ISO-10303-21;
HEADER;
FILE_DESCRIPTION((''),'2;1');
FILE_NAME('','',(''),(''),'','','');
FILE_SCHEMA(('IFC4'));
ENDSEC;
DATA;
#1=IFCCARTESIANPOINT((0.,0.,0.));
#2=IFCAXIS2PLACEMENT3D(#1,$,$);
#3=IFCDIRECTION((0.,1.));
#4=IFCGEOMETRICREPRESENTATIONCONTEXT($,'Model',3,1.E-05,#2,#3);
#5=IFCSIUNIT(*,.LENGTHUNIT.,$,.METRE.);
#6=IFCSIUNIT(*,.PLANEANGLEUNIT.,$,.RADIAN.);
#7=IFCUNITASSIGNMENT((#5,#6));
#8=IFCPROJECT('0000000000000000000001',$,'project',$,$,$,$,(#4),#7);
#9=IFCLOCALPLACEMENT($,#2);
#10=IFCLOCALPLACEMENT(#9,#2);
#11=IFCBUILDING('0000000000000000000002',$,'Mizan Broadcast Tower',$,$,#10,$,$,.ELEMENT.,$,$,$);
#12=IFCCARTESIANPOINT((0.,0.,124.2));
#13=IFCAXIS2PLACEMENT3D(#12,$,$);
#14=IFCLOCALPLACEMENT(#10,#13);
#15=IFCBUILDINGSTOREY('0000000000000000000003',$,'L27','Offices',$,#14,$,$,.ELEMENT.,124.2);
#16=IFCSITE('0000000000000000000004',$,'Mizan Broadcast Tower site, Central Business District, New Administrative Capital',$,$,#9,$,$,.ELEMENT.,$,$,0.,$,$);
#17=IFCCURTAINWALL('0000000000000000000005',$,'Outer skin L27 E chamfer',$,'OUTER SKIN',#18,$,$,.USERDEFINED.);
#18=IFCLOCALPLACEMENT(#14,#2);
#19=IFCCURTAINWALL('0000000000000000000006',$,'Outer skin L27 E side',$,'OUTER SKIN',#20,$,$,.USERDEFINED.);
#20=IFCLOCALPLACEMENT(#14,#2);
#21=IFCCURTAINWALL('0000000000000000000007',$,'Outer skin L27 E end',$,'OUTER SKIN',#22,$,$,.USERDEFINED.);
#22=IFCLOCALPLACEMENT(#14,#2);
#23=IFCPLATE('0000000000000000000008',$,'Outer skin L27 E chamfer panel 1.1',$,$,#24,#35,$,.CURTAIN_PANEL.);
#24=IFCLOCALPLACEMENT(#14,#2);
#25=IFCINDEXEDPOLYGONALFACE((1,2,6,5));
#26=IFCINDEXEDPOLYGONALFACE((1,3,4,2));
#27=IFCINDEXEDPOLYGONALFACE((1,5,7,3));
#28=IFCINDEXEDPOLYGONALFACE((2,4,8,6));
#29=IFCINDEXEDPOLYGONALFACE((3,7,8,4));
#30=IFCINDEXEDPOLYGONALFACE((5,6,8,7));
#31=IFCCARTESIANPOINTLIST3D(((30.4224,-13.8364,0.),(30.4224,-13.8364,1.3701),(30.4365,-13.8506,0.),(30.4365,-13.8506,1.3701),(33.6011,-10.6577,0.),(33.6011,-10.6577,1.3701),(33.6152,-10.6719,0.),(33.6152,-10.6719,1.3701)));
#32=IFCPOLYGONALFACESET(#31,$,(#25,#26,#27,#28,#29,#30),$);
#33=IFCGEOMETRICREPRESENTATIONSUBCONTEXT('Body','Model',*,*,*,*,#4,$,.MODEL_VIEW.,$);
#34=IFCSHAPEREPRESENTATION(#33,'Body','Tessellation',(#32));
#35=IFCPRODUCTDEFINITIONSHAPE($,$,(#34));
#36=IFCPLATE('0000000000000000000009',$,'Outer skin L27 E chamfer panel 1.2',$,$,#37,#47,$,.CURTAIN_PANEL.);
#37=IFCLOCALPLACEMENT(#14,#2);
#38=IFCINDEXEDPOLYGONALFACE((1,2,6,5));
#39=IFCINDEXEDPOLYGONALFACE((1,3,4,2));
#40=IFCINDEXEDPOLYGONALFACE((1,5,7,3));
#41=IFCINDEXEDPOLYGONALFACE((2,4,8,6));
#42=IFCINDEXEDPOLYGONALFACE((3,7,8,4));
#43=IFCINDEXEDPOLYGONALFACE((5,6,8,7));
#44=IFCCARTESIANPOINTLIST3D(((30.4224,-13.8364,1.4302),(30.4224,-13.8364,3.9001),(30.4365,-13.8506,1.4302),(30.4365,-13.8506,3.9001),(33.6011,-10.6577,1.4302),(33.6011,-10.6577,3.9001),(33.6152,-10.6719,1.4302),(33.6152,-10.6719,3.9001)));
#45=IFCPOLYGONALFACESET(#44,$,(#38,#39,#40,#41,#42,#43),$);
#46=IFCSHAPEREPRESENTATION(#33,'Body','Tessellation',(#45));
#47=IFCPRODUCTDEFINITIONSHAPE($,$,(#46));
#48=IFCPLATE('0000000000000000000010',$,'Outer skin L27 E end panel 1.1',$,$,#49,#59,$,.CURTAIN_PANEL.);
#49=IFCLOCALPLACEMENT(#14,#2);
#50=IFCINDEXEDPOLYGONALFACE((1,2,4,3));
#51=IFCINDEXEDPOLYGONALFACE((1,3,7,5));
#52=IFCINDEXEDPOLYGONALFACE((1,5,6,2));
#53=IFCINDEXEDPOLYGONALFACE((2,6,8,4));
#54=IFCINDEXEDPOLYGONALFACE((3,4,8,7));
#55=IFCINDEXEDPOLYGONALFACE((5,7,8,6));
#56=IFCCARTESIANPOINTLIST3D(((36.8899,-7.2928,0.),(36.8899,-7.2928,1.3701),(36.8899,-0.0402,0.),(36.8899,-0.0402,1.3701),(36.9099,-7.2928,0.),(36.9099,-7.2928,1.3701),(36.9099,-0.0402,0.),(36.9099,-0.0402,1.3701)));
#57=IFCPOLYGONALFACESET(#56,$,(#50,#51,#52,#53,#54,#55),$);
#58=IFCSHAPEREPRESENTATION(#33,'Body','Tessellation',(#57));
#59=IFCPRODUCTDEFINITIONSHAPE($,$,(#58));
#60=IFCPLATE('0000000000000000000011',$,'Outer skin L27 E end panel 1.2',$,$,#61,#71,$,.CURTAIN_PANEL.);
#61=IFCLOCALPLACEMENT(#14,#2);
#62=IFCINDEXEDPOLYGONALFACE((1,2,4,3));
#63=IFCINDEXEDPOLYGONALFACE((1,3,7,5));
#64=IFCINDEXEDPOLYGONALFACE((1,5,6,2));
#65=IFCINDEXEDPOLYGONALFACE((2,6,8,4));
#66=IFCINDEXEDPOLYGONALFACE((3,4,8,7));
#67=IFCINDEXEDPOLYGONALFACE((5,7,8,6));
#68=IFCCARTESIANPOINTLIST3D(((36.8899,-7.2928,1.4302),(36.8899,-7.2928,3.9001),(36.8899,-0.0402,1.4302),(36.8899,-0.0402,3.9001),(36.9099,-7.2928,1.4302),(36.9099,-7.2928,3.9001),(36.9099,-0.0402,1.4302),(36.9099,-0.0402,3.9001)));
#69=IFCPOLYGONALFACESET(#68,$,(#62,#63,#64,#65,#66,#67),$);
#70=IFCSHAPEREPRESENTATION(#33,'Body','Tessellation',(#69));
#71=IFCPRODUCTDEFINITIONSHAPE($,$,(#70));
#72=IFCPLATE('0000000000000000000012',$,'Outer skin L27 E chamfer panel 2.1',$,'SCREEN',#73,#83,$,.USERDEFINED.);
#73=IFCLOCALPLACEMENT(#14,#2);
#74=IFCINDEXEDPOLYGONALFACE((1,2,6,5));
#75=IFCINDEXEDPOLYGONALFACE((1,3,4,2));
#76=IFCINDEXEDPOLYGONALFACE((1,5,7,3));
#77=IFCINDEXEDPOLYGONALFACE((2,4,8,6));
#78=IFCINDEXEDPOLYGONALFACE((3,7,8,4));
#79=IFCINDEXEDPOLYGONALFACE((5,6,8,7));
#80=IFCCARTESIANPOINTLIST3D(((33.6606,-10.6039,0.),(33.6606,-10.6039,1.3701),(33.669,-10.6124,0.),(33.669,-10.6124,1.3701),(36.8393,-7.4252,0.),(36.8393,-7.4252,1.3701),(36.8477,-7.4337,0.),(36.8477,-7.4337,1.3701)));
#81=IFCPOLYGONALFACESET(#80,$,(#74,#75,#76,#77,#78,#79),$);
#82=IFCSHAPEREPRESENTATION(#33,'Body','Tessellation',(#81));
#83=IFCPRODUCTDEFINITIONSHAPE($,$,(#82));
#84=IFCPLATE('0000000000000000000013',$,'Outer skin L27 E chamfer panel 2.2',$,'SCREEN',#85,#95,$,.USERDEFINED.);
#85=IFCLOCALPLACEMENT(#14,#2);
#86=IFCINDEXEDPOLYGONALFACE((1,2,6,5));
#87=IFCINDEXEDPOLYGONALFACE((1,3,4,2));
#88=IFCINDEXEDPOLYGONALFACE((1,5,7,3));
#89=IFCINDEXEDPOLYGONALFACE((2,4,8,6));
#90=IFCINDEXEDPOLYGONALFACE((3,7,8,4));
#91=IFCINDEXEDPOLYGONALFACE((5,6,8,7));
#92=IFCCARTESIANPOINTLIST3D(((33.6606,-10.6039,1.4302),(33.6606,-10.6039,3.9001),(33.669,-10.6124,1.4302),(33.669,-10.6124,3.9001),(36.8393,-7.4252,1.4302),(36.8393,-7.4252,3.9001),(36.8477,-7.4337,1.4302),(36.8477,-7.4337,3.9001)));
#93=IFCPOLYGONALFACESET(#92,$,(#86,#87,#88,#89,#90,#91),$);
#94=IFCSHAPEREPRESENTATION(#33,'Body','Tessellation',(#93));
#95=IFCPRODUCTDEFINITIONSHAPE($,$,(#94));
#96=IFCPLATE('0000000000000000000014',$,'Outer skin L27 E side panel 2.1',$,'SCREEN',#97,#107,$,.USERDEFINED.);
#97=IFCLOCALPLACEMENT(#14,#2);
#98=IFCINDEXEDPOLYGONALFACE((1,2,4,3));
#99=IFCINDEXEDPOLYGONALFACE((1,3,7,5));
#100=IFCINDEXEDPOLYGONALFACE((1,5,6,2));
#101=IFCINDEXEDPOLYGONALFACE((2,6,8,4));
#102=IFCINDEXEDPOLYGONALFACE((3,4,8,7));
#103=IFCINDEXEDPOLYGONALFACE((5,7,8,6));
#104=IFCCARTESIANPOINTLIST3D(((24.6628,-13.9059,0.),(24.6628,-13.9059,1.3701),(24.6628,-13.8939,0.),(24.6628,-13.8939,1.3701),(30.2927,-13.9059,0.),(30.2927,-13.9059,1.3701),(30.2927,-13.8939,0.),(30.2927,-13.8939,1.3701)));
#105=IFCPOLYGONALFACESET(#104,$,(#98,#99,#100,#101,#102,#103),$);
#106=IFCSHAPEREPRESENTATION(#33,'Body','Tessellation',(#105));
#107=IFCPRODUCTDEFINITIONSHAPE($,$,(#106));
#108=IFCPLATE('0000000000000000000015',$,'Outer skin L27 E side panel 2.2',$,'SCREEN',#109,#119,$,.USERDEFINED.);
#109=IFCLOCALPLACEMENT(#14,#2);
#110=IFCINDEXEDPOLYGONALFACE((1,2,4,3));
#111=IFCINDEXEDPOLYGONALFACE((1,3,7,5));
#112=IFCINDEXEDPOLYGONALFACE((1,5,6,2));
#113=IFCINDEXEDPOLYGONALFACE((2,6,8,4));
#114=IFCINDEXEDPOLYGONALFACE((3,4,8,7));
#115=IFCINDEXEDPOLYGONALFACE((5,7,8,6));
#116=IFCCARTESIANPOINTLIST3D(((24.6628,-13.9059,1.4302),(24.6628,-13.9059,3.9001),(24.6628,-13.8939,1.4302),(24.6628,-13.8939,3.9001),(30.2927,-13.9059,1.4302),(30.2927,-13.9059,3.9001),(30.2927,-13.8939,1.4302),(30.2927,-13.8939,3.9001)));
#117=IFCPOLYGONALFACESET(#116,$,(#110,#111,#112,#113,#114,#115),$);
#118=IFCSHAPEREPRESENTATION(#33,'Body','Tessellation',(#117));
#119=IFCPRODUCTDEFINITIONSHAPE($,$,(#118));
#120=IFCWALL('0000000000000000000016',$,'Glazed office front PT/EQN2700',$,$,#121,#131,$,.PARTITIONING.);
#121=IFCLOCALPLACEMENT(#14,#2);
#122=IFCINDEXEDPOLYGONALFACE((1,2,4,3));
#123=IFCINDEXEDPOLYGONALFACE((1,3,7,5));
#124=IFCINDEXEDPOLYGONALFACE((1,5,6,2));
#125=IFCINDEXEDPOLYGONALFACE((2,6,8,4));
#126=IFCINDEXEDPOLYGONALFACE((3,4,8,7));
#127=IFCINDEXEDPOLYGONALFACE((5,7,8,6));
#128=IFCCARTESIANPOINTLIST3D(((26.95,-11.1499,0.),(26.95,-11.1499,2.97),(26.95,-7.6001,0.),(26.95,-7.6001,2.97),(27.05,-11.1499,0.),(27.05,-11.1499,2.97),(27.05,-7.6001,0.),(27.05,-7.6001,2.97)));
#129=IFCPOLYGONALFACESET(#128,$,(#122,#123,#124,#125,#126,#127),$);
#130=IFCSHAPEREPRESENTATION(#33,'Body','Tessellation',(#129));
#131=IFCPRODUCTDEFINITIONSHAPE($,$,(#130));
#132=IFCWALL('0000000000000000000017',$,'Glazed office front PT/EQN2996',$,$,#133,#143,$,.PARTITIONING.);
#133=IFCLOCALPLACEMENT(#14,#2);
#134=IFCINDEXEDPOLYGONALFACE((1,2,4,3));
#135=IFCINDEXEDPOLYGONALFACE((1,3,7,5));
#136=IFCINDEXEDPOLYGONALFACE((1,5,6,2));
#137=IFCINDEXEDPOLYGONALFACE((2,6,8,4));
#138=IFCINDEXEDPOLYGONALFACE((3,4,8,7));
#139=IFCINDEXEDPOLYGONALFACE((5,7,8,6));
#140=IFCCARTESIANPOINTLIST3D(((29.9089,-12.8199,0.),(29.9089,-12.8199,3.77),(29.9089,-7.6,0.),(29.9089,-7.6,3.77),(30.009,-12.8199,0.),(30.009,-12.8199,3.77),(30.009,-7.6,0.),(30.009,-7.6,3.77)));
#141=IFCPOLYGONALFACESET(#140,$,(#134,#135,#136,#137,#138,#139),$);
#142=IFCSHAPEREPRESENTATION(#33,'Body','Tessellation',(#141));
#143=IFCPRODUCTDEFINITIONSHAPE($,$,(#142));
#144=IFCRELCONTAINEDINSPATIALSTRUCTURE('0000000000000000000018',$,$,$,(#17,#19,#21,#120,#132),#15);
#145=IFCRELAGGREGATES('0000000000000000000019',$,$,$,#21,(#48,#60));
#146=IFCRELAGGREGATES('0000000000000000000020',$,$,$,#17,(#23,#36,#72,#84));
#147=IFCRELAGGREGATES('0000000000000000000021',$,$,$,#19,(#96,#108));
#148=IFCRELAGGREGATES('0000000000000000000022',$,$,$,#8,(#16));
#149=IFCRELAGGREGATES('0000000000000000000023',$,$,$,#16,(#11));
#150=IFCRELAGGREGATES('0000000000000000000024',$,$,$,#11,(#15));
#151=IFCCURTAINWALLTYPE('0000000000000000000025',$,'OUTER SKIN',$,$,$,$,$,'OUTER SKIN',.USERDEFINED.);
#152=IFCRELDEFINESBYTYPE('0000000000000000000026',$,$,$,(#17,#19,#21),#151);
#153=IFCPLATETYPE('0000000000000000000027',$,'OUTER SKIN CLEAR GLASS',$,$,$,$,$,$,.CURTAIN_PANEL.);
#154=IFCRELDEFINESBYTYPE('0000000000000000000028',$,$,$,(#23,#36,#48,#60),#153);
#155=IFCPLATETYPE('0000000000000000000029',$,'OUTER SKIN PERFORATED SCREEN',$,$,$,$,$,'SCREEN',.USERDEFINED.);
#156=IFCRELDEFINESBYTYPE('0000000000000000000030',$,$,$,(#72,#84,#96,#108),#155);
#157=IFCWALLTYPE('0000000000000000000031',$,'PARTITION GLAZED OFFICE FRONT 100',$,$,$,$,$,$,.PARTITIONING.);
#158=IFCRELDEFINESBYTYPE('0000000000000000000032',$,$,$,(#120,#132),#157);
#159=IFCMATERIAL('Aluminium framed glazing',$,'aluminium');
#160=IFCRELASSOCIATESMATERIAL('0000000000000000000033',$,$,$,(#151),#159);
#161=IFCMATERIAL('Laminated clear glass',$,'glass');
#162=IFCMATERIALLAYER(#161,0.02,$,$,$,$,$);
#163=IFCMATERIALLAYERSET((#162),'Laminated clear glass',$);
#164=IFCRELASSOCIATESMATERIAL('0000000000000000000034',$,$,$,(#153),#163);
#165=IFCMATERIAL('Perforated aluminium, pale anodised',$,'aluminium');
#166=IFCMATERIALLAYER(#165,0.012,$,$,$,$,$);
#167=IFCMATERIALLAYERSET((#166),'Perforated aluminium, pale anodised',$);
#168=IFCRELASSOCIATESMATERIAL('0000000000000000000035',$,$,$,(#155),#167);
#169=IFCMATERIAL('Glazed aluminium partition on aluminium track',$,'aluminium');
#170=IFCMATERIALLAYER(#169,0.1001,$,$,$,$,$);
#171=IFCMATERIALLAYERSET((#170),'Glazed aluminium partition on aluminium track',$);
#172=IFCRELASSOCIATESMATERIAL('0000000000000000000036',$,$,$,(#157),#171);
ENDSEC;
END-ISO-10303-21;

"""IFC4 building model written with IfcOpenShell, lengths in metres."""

from ifc_helpers import new_model, si_unit, direction, frame, frame_2d, origin, origin_2d, place, context, subcontext, project, spatial, rectangle, extrude, material, layer, layer_set, type_object, element, aggregate, save


model = new_model("IFC4")

# Units and contexts
model_context = context("Model", 3, precision=1e-05, world=origin(), true_north=direction((0.0, 1.0)))
body_context = subcontext(model_context, "Body", "Model", "MODEL_VIEW")
ifc_project = project(units=[si_unit("LENGTHUNIT", "METRE"), si_unit("PLANEANGLEUNIT", "RADIAN")], contexts=[model_context])

# Site, building, storey
site_placement = place(None, origin())
site = spatial("IfcSite", under=ifc_project, at=site_placement, Name="Mizan Broadcast Tower site, Central Business District, New Administrative Capital", CompositionType="ELEMENT", RefElevation=0.0)
building_placement = place(site_placement, origin())
building = spatial("IfcBuilding", under=site, at=building_placement, Name="Mizan Broadcast Tower", CompositionType="ELEMENT")
storey_placement = place(building_placement, frame((0.0, 0.0, 124.2)))
storey = spatial("IfcBuildingStorey", under=building, at=storey_placement, Name="L27", Description="Offices", CompositionType="ELEMENT", Elevation=124.2)

# Curtain walls
ifc_material_1 = material(Name="Aluminium framed glazing", Category="aluminium")
curtain_wall_type_1 = type_object("IfcCurtainWallType", Name="OUTER SKIN", ElementType="OUTER SKIN", PredefinedType="USERDEFINED", material=ifc_material_1)
curtain_wall_1_placement = place(storey_placement, origin())
curtain_wall_1 = element("IfcCurtainWall", 1, at=curtain_wall_1_placement, inside=storey, type_object=curtain_wall_type_1, Name="Outer skin L27 E chamfer", ObjectType="OUTER SKIN", PredefinedType="USERDEFINED")
curtain_wall_2_placement = place(storey_placement, origin())
curtain_wall_2 = element("IfcCurtainWall", 2, at=curtain_wall_2_placement, inside=storey, type_object=curtain_wall_type_1, Name="Outer skin L27 E side", ObjectType="OUTER SKIN", PredefinedType="USERDEFINED")

# Curtain wall
curtain_wall_3_placement = place(storey_placement, origin())
curtain_wall_3 = element("IfcCurtainWall", 3, at=curtain_wall_3_placement, inside=storey, type_object=curtain_wall_type_1, Name="Outer skin L27 E end", ObjectType="OUTER SKIN", PredefinedType="USERDEFINED")

# Plates
ifc_material_2 = material(Name="Laminated clear glass", Category="glass")
ifc_layer_1 = layer(ifc_material_2, 0.02)
ifc_layer_set_1 = layer_set([ifc_layer_1], Name="Laminated clear glass")
plate_type_1 = type_object("IfcPlateType", Name="OUTER SKIN CLEAR GLASS", PredefinedType="CURTAIN_PANEL", material=ifc_layer_set_1)
plate_1_placement = place(storey_placement, frame((32.0188, -12.2542, 0.0), z_axis=(0.0, 0.0, 1.0), x_axis=(0.707107, 0.707107, 0.0)))
plate_1 = element("IfcPlate", 4, at=plate_1_placement, type_object=plate_type_1, Name="Outer skin L27 E chamfer panel 1.1", PredefinedType="CURTAIN_PANEL", context=body_context, shape_type="SweptSolid", body=[
    extrude(rectangle(XDim=4.4954, YDim=0.02, at=origin_2d()), origin(), (0.0, 0.0, 1.0), 1.3701),
])
plate_2_placement = place(storey_placement, frame((32.0188, -12.2542, 1.4302), z_axis=(0.0, 0.0, 1.0), x_axis=(0.707107, 0.707107, 0.0)))
plate_2 = element("IfcPlate", 5, at=plate_2_placement, type_object=plate_type_1, Name="Outer skin L27 E chamfer panel 1.2", PredefinedType="CURTAIN_PANEL", context=body_context, shape_type="SweptSolid", body=[
    extrude(rectangle(XDim=4.4954, YDim=0.02, at=origin_2d()), origin(), (0.0, 0.0, 1.0), 2.47),
])
plate_3_placement = place(storey_placement, frame((36.8999, -3.6665, 0.0), z_axis=(0.0, 0.0, 1.0), x_axis=(0.0, 1.0, 0.0)))
plate_3 = element("IfcPlate", 6, at=plate_3_placement, type_object=plate_type_1, Name="Outer skin L27 E end panel 1.1", PredefinedType="CURTAIN_PANEL", context=body_context, shape_type="SweptSolid", body=[
    extrude(rectangle(XDim=7.2527, YDim=0.02, at=origin_2d()), origin(), (0.0, 0.0, 1.0), 1.3701),
])
plate_4_placement = place(storey_placement, frame((36.8999, -3.6665, 1.4302), z_axis=(0.0, 0.0, 1.0), x_axis=(0.0, 1.0, 0.0)))
plate_4 = element("IfcPlate", 7, at=plate_4_placement, type_object=plate_type_1, Name="Outer skin L27 E end panel 1.2", PredefinedType="CURTAIN_PANEL", context=body_context, shape_type="SweptSolid", body=[
    extrude(rectangle(XDim=7.2527, YDim=0.02, at=origin_2d()), origin(), (0.0, 0.0, 1.0), 2.47),
])
aggregate(curtain_wall_3, [plate_3, plate_4])
ifc_material_3 = material(Name="Perforated aluminium, pale anodised", Category="aluminium")
ifc_layer_2 = layer(ifc_material_3, 0.012)
ifc_layer_set_2 = layer_set([ifc_layer_2], Name="Perforated aluminium, pale anodised")
plate_type_2 = type_object("IfcPlateType", Name="OUTER SKIN PERFORATED SCREEN", ElementType="SCREEN", PredefinedType="USERDEFINED", material=ifc_layer_set_2)
plate_5_placement = place(storey_placement, frame((35.2542, -9.0188, 0.0), z_axis=(0.0, 0.0, 1.0), x_axis=(0.707107, 0.707107, 0.0)))
plate_5 = element("IfcPlate", 8, at=plate_5_placement, type_object=plate_type_2, Name="Outer skin L27 E chamfer panel 2.1", ObjectType="SCREEN", PredefinedType="USERDEFINED", context=body_context, shape_type="SweptSolid", body=[
    extrude(rectangle(XDim=4.4954, YDim=0.012, at=origin_2d()), origin(), (0.0, 0.0, 1.0), 1.3701),
])
plate_6_placement = place(storey_placement, frame((35.2542, -9.0188, 1.4302), z_axis=(0.0, 0.0, 1.0), x_axis=(0.707107, 0.707107, 0.0)))
plate_6 = element("IfcPlate", 9, at=plate_6_placement, type_object=plate_type_2, Name="Outer skin L27 E chamfer panel 2.2", ObjectType="SCREEN", PredefinedType="USERDEFINED", context=body_context, shape_type="SweptSolid", body=[
    extrude(rectangle(XDim=4.4954, YDim=0.012, at=origin_2d()), origin(), (0.0, 0.0, 1.0), 2.47),
])
aggregate(curtain_wall_1, [plate_1, plate_2, plate_5, plate_6])
plate_7_placement = place(storey_placement, frame((27.4778, -13.8999, 0.0), z_axis=(0.0, 0.0, 1.0), x_axis=(1.0, 0.0, 0.0)))
plate_7 = element("IfcPlate", 10, at=plate_7_placement, type_object=plate_type_2, Name="Outer skin L27 E side panel 2.1", ObjectType="SCREEN", PredefinedType="USERDEFINED", context=body_context, shape_type="SweptSolid", body=[
    extrude(rectangle(XDim=5.6299, YDim=0.012, at=origin_2d()), origin(), (0.0, 0.0, 1.0), 1.3701),
])
plate_8_placement = place(storey_placement, frame((27.4778, -13.8999, 1.4302), z_axis=(0.0, 0.0, 1.0), x_axis=(1.0, 0.0, 0.0)))
plate_8 = element("IfcPlate", 11, at=plate_8_placement, type_object=plate_type_2, Name="Outer skin L27 E side panel 2.2", ObjectType="SCREEN", PredefinedType="USERDEFINED", context=body_context, shape_type="SweptSolid", body=[
    extrude(rectangle(XDim=5.6299, YDim=0.012, at=origin_2d()), origin(), (0.0, 0.0, 1.0), 2.47),
])
aggregate(curtain_wall_2, [plate_7, plate_8])

# Walls
ifc_material_4 = material(Name="Glazed aluminium partition on aluminium track", Category="aluminium")
ifc_layer_3 = layer(ifc_material_4, 0.1001)
ifc_layer_set_3 = layer_set([ifc_layer_3], Name="Glazed aluminium partition on aluminium track")
wall_type = type_object("IfcWallType", Name="PARTITION GLAZED OFFICE FRONT 100", PredefinedType="PARTITIONING", material=ifc_layer_set_3)
wall_1_placement = place(storey_placement, frame((27.0, -7.6001, 0.0), z_axis=(0.0, 0.0, 1.0), x_axis=(0.0, -1.0, 0.0)))
element("IfcWall", 12, at=wall_1_placement, inside=storey, type_object=wall_type, Name="Glazed office front PT/EQN2700", PredefinedType="PARTITIONING", context=body_context, shape_type="SweptSolid", body=[
    extrude(rectangle(XDim=3.5498, YDim=0.1001, at=frame_2d((1.7749, 0.0))), origin(), (0.0, 0.0, 1.0), 2.97),
])
wall_2_placement = place(storey_placement, frame((29.959, -7.6001, 0.0), z_axis=(0.0, 0.0, 1.0), x_axis=(0.0, -1.0, 0.0)))
element("IfcWall", 13, at=wall_2_placement, inside=storey, type_object=wall_type, Name="Glazed office front PT/EQN2996", PredefinedType="PARTITIONING", context=body_context, shape_type="SweptSolid", body=[
    extrude(rectangle(XDim=5.22, YDim=0.1001, at=frame_2d((2.6099, 0.0))), origin(), (0.0, 0.0, 1.0), 3.77),
])

save(model, "model.ifc")
